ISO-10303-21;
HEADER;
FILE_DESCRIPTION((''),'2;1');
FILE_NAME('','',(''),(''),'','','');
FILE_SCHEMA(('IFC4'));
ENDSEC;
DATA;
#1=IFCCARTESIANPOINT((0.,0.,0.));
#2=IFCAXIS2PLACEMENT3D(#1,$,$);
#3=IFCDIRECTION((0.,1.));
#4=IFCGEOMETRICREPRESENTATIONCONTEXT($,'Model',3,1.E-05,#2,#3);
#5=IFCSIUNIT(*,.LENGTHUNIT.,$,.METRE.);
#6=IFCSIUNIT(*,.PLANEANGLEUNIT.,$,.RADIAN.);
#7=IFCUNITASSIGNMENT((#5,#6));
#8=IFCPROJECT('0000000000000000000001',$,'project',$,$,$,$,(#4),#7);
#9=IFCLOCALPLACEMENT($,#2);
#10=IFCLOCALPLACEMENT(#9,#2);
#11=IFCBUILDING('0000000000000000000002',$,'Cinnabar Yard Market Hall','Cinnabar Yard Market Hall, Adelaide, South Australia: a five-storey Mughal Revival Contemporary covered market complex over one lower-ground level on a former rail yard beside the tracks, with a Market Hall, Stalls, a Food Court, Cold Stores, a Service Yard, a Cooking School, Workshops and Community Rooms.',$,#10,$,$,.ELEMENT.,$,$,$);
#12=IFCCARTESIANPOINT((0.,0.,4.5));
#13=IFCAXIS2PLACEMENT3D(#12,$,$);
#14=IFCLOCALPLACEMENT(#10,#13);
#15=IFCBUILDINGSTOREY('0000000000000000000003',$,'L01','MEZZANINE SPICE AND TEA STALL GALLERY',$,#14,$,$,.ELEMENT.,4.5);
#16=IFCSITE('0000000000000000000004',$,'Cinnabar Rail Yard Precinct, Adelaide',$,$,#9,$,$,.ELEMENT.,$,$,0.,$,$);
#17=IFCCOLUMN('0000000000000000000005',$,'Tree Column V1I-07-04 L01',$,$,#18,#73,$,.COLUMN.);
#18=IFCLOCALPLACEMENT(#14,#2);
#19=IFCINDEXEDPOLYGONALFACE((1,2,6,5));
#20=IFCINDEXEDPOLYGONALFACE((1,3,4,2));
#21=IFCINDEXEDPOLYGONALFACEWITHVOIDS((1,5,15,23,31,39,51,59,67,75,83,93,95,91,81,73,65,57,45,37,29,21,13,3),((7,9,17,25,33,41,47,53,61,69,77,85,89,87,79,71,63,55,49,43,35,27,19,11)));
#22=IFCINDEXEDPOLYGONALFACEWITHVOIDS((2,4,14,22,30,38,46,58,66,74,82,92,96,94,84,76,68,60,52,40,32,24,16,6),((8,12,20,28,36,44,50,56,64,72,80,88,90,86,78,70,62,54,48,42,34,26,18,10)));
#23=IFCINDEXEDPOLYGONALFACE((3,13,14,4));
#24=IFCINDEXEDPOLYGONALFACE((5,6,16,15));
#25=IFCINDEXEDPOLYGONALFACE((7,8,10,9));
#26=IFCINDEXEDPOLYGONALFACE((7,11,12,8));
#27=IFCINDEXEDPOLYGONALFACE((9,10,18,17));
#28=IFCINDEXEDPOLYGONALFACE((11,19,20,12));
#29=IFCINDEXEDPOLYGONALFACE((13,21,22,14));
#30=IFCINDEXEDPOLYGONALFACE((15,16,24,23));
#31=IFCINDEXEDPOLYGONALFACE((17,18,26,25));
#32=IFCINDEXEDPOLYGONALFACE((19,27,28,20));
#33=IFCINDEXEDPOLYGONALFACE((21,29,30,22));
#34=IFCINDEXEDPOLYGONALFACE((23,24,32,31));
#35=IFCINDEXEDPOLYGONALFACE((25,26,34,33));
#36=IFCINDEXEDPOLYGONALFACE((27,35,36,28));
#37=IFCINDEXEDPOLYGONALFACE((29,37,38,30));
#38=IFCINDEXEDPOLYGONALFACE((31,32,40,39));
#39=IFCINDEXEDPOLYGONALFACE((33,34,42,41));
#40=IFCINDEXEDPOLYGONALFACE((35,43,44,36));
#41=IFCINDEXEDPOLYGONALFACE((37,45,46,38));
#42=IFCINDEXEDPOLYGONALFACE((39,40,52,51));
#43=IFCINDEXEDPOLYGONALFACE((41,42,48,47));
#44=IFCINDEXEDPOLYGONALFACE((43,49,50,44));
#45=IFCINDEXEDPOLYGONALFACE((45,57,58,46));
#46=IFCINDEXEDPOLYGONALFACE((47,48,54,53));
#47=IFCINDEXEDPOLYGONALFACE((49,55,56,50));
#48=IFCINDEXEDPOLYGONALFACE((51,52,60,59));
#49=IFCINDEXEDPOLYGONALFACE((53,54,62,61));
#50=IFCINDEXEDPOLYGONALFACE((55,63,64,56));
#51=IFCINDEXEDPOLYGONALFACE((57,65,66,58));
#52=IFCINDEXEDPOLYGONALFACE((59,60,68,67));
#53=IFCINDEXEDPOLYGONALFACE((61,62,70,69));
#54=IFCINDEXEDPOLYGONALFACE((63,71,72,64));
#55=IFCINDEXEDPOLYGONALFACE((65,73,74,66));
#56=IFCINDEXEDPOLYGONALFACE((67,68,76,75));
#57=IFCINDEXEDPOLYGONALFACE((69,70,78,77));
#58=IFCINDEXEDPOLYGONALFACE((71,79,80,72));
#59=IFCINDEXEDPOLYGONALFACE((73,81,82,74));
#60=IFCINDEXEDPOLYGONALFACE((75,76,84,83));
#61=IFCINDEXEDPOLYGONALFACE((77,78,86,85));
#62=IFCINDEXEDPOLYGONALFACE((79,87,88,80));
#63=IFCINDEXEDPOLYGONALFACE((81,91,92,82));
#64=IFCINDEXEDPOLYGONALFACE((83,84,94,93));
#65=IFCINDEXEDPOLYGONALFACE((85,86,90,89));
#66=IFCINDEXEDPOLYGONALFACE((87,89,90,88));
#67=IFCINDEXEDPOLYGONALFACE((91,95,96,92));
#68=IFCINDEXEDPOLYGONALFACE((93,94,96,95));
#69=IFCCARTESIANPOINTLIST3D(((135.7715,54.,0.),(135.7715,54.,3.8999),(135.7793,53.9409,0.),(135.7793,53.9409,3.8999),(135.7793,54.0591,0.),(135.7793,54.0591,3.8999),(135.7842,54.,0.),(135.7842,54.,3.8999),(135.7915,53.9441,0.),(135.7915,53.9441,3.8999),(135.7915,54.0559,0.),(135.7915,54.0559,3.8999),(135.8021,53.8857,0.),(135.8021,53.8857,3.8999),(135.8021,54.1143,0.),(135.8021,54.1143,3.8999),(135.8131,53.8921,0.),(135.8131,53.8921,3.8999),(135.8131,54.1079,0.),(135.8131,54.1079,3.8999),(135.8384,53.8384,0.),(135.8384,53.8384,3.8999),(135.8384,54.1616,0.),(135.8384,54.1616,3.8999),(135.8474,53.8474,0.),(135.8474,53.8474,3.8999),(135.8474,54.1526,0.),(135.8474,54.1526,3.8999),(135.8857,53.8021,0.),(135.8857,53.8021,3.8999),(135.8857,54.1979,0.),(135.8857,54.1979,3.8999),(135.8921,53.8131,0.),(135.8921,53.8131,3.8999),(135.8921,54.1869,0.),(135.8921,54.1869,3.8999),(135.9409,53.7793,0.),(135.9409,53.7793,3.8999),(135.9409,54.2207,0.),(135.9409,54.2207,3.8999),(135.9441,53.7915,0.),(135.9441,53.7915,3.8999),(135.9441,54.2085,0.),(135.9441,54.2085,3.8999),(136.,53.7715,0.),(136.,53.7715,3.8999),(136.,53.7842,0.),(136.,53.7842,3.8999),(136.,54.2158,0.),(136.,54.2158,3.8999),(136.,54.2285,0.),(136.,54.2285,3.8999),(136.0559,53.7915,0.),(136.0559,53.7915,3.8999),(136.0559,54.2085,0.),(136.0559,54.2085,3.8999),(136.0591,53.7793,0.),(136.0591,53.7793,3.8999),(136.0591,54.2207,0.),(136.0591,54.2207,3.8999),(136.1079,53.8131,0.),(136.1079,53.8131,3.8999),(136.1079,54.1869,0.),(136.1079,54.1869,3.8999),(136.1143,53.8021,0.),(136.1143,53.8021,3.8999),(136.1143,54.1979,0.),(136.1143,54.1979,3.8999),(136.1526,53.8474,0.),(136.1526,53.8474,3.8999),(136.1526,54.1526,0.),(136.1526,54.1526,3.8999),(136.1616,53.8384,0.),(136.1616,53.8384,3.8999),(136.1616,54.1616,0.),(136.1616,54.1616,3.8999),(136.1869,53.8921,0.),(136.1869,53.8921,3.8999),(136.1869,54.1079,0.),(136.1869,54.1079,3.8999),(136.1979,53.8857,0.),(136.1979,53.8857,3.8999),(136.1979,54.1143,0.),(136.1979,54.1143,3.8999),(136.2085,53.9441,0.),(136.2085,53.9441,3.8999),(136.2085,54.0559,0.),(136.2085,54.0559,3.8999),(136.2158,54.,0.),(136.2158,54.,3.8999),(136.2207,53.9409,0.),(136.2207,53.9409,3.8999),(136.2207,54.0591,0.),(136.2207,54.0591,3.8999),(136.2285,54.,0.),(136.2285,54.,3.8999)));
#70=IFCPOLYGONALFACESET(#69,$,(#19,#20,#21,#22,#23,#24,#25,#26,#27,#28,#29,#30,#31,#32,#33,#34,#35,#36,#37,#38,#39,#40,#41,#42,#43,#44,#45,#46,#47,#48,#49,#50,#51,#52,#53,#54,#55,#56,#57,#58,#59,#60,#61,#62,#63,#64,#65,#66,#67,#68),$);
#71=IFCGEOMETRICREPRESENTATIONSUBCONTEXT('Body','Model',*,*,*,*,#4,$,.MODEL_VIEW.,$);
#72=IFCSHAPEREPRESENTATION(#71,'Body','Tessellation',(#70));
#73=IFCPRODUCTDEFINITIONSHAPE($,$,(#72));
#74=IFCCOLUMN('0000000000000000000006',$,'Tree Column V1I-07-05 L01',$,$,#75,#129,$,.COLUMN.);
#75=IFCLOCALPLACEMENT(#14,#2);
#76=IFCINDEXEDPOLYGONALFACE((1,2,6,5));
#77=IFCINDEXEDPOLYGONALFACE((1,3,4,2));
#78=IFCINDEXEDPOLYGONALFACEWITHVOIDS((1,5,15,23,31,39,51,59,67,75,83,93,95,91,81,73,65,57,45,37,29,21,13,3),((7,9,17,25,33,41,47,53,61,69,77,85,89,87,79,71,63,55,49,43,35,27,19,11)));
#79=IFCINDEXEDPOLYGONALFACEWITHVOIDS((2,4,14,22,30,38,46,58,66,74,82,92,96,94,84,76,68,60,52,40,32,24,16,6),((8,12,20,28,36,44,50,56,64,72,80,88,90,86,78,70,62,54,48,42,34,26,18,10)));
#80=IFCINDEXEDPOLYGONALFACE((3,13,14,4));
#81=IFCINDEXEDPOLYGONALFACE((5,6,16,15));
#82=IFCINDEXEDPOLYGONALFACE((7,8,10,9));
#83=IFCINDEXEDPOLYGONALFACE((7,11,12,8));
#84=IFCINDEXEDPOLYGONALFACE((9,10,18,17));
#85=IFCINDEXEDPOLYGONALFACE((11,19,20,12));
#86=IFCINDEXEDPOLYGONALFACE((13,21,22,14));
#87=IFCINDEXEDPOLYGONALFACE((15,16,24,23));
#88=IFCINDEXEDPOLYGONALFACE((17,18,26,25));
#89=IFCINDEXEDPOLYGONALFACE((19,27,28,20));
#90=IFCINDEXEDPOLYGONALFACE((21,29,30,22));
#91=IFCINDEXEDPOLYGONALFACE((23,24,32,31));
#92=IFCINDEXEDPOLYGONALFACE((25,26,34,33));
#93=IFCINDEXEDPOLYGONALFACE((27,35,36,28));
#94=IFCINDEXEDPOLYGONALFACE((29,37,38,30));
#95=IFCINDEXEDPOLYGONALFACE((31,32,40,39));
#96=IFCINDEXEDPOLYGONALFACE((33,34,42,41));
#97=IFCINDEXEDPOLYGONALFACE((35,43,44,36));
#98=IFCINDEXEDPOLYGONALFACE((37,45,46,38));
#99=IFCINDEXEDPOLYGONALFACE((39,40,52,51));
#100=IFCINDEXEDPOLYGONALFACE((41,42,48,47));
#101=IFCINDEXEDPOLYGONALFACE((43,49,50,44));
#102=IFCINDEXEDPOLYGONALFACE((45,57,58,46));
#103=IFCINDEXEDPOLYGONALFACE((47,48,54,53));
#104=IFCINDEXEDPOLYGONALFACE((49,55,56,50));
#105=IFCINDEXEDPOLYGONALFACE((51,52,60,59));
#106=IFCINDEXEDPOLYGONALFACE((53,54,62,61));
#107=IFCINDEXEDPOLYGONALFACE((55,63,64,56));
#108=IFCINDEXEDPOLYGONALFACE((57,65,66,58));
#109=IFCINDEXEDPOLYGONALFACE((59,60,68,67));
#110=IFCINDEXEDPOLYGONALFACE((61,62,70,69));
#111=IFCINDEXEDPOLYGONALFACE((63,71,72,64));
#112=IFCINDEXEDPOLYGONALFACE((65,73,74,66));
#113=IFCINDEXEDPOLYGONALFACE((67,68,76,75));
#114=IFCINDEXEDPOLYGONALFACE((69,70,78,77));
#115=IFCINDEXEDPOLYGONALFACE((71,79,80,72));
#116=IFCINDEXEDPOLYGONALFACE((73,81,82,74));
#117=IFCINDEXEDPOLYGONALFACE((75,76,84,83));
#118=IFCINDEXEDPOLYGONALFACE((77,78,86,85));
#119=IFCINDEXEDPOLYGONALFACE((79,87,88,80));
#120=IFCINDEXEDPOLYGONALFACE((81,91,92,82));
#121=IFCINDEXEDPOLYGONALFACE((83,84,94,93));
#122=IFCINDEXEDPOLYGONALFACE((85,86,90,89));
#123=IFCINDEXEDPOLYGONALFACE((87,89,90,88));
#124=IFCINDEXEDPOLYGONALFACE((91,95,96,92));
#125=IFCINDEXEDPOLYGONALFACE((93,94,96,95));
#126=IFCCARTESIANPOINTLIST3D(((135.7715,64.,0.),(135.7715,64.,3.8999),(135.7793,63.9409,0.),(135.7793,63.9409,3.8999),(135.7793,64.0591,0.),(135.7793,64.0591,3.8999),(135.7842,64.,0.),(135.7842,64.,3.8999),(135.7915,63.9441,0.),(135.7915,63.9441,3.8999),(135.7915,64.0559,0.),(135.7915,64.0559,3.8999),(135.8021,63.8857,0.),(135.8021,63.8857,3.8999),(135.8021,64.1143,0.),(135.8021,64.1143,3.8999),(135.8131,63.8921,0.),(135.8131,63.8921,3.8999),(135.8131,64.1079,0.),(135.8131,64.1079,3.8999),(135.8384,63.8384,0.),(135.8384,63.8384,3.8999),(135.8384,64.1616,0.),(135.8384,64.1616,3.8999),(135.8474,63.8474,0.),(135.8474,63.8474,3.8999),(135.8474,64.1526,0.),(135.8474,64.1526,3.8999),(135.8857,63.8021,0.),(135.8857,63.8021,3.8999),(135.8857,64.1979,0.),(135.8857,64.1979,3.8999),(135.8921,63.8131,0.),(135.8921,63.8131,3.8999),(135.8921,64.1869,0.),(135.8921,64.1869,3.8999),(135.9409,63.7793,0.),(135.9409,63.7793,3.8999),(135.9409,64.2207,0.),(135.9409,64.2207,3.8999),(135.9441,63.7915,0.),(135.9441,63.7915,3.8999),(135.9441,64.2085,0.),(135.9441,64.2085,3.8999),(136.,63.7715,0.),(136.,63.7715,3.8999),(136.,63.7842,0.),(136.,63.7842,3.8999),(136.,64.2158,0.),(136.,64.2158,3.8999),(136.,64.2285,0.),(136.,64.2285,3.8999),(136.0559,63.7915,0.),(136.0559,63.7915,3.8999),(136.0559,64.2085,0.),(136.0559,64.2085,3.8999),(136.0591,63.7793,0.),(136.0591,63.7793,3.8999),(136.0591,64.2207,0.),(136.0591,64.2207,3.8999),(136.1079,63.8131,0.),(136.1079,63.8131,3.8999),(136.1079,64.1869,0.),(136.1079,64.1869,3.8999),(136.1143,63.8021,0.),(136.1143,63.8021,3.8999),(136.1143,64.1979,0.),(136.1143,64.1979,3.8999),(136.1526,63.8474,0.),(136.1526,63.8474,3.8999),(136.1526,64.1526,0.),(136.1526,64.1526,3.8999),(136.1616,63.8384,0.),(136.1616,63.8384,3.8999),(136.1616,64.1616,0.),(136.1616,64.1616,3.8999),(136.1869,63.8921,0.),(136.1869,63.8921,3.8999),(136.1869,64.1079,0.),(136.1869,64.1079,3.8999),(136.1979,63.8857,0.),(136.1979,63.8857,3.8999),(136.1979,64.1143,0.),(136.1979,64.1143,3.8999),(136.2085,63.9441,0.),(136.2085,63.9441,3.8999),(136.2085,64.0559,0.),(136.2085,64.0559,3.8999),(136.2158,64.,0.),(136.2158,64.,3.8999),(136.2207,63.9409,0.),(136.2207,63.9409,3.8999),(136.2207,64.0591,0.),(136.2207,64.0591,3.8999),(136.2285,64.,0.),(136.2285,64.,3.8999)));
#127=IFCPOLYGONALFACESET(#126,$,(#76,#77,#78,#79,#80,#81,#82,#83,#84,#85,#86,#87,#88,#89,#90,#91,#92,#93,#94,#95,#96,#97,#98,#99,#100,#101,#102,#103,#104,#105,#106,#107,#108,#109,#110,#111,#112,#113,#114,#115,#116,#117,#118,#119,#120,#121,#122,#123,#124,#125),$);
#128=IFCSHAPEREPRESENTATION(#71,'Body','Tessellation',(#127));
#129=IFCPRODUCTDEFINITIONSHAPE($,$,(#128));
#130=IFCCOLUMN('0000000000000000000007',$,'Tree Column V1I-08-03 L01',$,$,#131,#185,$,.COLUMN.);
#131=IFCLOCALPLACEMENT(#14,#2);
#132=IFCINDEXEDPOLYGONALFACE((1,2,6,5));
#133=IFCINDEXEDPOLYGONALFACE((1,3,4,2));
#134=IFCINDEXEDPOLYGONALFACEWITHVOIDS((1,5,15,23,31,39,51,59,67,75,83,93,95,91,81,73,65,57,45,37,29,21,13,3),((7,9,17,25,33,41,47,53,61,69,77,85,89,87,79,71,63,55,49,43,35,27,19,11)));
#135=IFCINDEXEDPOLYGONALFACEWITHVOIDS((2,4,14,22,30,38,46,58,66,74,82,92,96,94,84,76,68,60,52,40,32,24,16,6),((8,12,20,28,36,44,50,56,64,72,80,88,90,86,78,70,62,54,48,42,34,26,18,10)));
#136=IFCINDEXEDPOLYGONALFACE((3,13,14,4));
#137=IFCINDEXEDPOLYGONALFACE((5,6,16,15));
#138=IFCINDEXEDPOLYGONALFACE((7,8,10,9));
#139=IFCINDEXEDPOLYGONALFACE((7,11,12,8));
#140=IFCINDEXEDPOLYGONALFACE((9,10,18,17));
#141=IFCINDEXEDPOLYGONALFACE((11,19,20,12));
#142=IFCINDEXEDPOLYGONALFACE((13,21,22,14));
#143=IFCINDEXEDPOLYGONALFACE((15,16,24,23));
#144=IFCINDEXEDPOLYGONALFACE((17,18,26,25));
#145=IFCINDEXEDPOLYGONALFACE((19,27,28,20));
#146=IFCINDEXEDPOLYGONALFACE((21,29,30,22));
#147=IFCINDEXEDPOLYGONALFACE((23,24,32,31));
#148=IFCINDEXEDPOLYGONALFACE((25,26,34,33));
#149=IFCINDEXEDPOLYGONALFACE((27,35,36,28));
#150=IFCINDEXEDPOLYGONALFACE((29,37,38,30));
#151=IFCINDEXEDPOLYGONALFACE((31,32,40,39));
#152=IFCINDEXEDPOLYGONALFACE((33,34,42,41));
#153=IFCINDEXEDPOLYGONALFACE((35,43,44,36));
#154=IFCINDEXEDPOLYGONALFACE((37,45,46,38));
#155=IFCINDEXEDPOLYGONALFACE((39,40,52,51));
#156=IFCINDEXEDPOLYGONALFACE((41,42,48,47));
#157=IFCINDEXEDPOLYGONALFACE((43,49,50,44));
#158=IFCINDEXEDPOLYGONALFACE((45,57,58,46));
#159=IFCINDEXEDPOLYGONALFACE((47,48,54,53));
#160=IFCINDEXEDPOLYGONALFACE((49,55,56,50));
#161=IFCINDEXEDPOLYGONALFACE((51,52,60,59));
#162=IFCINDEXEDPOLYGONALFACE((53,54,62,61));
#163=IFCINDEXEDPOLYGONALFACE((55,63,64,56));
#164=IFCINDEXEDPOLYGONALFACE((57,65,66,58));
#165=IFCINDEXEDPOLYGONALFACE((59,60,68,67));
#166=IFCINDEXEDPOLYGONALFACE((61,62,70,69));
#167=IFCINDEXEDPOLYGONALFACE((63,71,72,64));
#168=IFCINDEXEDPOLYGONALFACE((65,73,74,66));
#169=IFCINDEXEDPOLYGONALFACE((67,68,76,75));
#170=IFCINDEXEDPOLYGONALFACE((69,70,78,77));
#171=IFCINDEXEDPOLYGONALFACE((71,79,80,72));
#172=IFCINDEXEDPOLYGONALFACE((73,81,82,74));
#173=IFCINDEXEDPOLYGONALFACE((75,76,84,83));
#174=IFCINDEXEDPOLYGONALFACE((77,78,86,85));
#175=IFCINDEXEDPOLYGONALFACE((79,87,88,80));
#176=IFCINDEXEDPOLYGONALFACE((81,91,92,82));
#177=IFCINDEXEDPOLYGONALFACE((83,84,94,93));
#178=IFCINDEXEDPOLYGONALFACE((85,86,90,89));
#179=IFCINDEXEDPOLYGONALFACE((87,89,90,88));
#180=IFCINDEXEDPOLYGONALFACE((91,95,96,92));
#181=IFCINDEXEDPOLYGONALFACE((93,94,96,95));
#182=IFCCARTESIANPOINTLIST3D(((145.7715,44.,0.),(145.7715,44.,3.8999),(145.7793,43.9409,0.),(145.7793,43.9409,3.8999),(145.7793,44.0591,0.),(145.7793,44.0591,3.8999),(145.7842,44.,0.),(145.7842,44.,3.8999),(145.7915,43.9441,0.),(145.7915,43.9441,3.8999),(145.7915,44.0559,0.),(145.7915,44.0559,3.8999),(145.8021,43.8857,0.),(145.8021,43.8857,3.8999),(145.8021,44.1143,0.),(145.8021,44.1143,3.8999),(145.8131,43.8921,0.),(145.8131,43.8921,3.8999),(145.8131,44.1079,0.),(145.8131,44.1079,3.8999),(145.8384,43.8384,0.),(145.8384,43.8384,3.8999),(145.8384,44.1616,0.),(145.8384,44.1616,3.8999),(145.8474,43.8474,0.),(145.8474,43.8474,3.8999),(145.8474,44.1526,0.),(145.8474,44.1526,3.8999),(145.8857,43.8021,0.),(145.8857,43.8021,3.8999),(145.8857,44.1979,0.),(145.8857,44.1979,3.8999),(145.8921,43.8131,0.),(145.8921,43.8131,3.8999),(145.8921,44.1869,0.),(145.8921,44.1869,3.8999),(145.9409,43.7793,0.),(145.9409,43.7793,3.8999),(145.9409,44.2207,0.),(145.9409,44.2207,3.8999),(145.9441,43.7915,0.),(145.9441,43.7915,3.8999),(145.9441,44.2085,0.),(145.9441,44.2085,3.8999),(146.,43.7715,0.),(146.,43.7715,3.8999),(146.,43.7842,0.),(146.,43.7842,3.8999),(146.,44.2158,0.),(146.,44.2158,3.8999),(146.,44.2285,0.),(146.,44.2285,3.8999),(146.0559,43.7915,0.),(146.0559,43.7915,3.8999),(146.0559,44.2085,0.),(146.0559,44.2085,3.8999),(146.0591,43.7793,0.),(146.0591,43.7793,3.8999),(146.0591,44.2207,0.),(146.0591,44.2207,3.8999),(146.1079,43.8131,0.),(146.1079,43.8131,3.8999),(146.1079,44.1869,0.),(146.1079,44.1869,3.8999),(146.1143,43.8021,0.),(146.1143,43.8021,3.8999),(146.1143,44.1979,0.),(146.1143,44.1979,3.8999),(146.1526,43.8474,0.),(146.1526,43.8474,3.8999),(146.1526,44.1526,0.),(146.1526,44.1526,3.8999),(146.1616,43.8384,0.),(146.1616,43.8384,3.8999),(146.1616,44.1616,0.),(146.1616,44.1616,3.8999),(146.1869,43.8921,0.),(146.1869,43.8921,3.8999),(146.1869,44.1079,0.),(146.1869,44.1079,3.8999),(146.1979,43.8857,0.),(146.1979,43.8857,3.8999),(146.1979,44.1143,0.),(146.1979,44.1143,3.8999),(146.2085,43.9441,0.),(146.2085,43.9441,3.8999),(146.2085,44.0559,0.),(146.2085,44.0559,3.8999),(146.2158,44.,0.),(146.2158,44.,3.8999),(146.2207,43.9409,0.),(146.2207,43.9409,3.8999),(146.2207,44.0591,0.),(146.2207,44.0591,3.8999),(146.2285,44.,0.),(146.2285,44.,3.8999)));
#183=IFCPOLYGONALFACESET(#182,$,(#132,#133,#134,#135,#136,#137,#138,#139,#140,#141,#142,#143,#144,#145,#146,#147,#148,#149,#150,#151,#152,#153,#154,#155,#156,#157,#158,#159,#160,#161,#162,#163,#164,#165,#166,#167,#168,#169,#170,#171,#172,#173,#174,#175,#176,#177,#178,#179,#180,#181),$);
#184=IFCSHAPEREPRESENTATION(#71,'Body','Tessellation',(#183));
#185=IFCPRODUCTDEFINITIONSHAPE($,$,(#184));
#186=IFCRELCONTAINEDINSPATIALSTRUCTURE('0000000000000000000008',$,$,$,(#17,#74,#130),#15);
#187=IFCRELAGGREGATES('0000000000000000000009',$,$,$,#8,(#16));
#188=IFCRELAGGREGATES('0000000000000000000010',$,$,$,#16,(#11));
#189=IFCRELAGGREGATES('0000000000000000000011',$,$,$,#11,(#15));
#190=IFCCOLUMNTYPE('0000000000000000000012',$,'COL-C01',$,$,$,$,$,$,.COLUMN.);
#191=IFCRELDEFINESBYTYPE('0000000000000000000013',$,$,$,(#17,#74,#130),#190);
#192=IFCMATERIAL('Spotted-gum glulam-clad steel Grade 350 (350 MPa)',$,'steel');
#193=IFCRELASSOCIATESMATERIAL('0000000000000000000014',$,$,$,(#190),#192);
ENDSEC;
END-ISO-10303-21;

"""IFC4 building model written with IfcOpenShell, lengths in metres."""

from ifc_helpers import new_model, si_unit, direction, frame, origin, origin_2d_with_axis, place, context, subcontext, project, spatial, hollow_circle, extrude, material, material_profile, profile_set, type_object, element, save


model = new_model("IFC4")

# Units and contexts
model_context = context("Model", 3, precision=1e-05, world=origin(), true_north=direction((0.0, 1.0)))
body_context = subcontext(model_context, "Body", "Model", "MODEL_VIEW")
ifc_project = project(units=[si_unit("LENGTHUNIT", "METRE"), si_unit("PLANEANGLEUNIT", "RADIAN")], contexts=[model_context])

# Site, building, storey
site_placement = place(None, origin())
site = spatial("IfcSite", under=ifc_project, at=site_placement, Name="Cinnabar Rail Yard Precinct, Adelaide", CompositionType="ELEMENT", RefElevation=0.0)
building_placement = place(site_placement, origin())
building = spatial("IfcBuilding", under=site, at=building_placement, Name="Cinnabar Yard Market Hall", Description="Cinnabar Yard Market Hall, Adelaide, South Australia: a five-storey Mughal Revival Contemporary covered market complex over one lower-ground level on a former rail yard beside the tracks, with a Market Hall, Stalls, a Food Court, Cold Stores, a Service Yard, a Cooking School, Workshops and Community Rooms.", CompositionType="ELEMENT")
storey_placement = place(building_placement, frame((0.0, 0.0, 4.5)))
storey = spatial("IfcBuildingStorey", under=building, at=storey_placement, Name="L01", Description="MEZZANINE SPICE AND TEA STALL GALLERY", CompositionType="ELEMENT", Elevation=4.5)

# Columns
ifc_material_1 = material(Name="Spotted-gum glulam-clad steel Grade 350 (350 MPa)", Category="steel")
ifc_material_profile_1 = material_profile(ifc_material_1, hollow_circle(Radius=0.2285, WallThickness=0.0127, at=origin_2d_with_axis()), Name="457.0x12.7CHS")
ifc_profile_set_1 = profile_set([ifc_material_profile_1], Name="Spotted-gum glulam-clad steel Grade 350 (350 MPa)")
column_type = type_object("IfcColumnType", Name="COL-C01", PredefinedType="COLUMN", material=ifc_profile_set_1)
for number, where, z_axis, x_axis, name in (
    (1, (136.0, 54.0, 0.0), (0.0, 0.0, 1.0), (1.0, 0.0, 0.0), "Tree Column V1I-07-04 L01"),
    (2, (136.0, 64.0, 0.0), (0.0, 0.0, 1.0), (1.0, 0.0, 0.0), "Tree Column V1I-07-05 L01"),
    (3, (146.0, 44.0, 0.0), (0.0, 0.0, 1.0), (1.0, 0.0, 0.0), "Tree Column V1I-08-03 L01"),
):
    element("IfcColumn", number, at=place(storey_placement, frame(where, z_axis=z_axis, x_axis=x_axis)), inside=storey, type_object=column_type, Name=name, PredefinedType="COLUMN", context=body_context, shape_type="SweptSolid", body=[
        extrude(hollow_circle(Radius=0.2285, WallThickness=0.0127, at=origin_2d_with_axis()), origin(), (0.0, 0.0, 1.0), 3.8999),
    ])

save(model, "model.ifc")
